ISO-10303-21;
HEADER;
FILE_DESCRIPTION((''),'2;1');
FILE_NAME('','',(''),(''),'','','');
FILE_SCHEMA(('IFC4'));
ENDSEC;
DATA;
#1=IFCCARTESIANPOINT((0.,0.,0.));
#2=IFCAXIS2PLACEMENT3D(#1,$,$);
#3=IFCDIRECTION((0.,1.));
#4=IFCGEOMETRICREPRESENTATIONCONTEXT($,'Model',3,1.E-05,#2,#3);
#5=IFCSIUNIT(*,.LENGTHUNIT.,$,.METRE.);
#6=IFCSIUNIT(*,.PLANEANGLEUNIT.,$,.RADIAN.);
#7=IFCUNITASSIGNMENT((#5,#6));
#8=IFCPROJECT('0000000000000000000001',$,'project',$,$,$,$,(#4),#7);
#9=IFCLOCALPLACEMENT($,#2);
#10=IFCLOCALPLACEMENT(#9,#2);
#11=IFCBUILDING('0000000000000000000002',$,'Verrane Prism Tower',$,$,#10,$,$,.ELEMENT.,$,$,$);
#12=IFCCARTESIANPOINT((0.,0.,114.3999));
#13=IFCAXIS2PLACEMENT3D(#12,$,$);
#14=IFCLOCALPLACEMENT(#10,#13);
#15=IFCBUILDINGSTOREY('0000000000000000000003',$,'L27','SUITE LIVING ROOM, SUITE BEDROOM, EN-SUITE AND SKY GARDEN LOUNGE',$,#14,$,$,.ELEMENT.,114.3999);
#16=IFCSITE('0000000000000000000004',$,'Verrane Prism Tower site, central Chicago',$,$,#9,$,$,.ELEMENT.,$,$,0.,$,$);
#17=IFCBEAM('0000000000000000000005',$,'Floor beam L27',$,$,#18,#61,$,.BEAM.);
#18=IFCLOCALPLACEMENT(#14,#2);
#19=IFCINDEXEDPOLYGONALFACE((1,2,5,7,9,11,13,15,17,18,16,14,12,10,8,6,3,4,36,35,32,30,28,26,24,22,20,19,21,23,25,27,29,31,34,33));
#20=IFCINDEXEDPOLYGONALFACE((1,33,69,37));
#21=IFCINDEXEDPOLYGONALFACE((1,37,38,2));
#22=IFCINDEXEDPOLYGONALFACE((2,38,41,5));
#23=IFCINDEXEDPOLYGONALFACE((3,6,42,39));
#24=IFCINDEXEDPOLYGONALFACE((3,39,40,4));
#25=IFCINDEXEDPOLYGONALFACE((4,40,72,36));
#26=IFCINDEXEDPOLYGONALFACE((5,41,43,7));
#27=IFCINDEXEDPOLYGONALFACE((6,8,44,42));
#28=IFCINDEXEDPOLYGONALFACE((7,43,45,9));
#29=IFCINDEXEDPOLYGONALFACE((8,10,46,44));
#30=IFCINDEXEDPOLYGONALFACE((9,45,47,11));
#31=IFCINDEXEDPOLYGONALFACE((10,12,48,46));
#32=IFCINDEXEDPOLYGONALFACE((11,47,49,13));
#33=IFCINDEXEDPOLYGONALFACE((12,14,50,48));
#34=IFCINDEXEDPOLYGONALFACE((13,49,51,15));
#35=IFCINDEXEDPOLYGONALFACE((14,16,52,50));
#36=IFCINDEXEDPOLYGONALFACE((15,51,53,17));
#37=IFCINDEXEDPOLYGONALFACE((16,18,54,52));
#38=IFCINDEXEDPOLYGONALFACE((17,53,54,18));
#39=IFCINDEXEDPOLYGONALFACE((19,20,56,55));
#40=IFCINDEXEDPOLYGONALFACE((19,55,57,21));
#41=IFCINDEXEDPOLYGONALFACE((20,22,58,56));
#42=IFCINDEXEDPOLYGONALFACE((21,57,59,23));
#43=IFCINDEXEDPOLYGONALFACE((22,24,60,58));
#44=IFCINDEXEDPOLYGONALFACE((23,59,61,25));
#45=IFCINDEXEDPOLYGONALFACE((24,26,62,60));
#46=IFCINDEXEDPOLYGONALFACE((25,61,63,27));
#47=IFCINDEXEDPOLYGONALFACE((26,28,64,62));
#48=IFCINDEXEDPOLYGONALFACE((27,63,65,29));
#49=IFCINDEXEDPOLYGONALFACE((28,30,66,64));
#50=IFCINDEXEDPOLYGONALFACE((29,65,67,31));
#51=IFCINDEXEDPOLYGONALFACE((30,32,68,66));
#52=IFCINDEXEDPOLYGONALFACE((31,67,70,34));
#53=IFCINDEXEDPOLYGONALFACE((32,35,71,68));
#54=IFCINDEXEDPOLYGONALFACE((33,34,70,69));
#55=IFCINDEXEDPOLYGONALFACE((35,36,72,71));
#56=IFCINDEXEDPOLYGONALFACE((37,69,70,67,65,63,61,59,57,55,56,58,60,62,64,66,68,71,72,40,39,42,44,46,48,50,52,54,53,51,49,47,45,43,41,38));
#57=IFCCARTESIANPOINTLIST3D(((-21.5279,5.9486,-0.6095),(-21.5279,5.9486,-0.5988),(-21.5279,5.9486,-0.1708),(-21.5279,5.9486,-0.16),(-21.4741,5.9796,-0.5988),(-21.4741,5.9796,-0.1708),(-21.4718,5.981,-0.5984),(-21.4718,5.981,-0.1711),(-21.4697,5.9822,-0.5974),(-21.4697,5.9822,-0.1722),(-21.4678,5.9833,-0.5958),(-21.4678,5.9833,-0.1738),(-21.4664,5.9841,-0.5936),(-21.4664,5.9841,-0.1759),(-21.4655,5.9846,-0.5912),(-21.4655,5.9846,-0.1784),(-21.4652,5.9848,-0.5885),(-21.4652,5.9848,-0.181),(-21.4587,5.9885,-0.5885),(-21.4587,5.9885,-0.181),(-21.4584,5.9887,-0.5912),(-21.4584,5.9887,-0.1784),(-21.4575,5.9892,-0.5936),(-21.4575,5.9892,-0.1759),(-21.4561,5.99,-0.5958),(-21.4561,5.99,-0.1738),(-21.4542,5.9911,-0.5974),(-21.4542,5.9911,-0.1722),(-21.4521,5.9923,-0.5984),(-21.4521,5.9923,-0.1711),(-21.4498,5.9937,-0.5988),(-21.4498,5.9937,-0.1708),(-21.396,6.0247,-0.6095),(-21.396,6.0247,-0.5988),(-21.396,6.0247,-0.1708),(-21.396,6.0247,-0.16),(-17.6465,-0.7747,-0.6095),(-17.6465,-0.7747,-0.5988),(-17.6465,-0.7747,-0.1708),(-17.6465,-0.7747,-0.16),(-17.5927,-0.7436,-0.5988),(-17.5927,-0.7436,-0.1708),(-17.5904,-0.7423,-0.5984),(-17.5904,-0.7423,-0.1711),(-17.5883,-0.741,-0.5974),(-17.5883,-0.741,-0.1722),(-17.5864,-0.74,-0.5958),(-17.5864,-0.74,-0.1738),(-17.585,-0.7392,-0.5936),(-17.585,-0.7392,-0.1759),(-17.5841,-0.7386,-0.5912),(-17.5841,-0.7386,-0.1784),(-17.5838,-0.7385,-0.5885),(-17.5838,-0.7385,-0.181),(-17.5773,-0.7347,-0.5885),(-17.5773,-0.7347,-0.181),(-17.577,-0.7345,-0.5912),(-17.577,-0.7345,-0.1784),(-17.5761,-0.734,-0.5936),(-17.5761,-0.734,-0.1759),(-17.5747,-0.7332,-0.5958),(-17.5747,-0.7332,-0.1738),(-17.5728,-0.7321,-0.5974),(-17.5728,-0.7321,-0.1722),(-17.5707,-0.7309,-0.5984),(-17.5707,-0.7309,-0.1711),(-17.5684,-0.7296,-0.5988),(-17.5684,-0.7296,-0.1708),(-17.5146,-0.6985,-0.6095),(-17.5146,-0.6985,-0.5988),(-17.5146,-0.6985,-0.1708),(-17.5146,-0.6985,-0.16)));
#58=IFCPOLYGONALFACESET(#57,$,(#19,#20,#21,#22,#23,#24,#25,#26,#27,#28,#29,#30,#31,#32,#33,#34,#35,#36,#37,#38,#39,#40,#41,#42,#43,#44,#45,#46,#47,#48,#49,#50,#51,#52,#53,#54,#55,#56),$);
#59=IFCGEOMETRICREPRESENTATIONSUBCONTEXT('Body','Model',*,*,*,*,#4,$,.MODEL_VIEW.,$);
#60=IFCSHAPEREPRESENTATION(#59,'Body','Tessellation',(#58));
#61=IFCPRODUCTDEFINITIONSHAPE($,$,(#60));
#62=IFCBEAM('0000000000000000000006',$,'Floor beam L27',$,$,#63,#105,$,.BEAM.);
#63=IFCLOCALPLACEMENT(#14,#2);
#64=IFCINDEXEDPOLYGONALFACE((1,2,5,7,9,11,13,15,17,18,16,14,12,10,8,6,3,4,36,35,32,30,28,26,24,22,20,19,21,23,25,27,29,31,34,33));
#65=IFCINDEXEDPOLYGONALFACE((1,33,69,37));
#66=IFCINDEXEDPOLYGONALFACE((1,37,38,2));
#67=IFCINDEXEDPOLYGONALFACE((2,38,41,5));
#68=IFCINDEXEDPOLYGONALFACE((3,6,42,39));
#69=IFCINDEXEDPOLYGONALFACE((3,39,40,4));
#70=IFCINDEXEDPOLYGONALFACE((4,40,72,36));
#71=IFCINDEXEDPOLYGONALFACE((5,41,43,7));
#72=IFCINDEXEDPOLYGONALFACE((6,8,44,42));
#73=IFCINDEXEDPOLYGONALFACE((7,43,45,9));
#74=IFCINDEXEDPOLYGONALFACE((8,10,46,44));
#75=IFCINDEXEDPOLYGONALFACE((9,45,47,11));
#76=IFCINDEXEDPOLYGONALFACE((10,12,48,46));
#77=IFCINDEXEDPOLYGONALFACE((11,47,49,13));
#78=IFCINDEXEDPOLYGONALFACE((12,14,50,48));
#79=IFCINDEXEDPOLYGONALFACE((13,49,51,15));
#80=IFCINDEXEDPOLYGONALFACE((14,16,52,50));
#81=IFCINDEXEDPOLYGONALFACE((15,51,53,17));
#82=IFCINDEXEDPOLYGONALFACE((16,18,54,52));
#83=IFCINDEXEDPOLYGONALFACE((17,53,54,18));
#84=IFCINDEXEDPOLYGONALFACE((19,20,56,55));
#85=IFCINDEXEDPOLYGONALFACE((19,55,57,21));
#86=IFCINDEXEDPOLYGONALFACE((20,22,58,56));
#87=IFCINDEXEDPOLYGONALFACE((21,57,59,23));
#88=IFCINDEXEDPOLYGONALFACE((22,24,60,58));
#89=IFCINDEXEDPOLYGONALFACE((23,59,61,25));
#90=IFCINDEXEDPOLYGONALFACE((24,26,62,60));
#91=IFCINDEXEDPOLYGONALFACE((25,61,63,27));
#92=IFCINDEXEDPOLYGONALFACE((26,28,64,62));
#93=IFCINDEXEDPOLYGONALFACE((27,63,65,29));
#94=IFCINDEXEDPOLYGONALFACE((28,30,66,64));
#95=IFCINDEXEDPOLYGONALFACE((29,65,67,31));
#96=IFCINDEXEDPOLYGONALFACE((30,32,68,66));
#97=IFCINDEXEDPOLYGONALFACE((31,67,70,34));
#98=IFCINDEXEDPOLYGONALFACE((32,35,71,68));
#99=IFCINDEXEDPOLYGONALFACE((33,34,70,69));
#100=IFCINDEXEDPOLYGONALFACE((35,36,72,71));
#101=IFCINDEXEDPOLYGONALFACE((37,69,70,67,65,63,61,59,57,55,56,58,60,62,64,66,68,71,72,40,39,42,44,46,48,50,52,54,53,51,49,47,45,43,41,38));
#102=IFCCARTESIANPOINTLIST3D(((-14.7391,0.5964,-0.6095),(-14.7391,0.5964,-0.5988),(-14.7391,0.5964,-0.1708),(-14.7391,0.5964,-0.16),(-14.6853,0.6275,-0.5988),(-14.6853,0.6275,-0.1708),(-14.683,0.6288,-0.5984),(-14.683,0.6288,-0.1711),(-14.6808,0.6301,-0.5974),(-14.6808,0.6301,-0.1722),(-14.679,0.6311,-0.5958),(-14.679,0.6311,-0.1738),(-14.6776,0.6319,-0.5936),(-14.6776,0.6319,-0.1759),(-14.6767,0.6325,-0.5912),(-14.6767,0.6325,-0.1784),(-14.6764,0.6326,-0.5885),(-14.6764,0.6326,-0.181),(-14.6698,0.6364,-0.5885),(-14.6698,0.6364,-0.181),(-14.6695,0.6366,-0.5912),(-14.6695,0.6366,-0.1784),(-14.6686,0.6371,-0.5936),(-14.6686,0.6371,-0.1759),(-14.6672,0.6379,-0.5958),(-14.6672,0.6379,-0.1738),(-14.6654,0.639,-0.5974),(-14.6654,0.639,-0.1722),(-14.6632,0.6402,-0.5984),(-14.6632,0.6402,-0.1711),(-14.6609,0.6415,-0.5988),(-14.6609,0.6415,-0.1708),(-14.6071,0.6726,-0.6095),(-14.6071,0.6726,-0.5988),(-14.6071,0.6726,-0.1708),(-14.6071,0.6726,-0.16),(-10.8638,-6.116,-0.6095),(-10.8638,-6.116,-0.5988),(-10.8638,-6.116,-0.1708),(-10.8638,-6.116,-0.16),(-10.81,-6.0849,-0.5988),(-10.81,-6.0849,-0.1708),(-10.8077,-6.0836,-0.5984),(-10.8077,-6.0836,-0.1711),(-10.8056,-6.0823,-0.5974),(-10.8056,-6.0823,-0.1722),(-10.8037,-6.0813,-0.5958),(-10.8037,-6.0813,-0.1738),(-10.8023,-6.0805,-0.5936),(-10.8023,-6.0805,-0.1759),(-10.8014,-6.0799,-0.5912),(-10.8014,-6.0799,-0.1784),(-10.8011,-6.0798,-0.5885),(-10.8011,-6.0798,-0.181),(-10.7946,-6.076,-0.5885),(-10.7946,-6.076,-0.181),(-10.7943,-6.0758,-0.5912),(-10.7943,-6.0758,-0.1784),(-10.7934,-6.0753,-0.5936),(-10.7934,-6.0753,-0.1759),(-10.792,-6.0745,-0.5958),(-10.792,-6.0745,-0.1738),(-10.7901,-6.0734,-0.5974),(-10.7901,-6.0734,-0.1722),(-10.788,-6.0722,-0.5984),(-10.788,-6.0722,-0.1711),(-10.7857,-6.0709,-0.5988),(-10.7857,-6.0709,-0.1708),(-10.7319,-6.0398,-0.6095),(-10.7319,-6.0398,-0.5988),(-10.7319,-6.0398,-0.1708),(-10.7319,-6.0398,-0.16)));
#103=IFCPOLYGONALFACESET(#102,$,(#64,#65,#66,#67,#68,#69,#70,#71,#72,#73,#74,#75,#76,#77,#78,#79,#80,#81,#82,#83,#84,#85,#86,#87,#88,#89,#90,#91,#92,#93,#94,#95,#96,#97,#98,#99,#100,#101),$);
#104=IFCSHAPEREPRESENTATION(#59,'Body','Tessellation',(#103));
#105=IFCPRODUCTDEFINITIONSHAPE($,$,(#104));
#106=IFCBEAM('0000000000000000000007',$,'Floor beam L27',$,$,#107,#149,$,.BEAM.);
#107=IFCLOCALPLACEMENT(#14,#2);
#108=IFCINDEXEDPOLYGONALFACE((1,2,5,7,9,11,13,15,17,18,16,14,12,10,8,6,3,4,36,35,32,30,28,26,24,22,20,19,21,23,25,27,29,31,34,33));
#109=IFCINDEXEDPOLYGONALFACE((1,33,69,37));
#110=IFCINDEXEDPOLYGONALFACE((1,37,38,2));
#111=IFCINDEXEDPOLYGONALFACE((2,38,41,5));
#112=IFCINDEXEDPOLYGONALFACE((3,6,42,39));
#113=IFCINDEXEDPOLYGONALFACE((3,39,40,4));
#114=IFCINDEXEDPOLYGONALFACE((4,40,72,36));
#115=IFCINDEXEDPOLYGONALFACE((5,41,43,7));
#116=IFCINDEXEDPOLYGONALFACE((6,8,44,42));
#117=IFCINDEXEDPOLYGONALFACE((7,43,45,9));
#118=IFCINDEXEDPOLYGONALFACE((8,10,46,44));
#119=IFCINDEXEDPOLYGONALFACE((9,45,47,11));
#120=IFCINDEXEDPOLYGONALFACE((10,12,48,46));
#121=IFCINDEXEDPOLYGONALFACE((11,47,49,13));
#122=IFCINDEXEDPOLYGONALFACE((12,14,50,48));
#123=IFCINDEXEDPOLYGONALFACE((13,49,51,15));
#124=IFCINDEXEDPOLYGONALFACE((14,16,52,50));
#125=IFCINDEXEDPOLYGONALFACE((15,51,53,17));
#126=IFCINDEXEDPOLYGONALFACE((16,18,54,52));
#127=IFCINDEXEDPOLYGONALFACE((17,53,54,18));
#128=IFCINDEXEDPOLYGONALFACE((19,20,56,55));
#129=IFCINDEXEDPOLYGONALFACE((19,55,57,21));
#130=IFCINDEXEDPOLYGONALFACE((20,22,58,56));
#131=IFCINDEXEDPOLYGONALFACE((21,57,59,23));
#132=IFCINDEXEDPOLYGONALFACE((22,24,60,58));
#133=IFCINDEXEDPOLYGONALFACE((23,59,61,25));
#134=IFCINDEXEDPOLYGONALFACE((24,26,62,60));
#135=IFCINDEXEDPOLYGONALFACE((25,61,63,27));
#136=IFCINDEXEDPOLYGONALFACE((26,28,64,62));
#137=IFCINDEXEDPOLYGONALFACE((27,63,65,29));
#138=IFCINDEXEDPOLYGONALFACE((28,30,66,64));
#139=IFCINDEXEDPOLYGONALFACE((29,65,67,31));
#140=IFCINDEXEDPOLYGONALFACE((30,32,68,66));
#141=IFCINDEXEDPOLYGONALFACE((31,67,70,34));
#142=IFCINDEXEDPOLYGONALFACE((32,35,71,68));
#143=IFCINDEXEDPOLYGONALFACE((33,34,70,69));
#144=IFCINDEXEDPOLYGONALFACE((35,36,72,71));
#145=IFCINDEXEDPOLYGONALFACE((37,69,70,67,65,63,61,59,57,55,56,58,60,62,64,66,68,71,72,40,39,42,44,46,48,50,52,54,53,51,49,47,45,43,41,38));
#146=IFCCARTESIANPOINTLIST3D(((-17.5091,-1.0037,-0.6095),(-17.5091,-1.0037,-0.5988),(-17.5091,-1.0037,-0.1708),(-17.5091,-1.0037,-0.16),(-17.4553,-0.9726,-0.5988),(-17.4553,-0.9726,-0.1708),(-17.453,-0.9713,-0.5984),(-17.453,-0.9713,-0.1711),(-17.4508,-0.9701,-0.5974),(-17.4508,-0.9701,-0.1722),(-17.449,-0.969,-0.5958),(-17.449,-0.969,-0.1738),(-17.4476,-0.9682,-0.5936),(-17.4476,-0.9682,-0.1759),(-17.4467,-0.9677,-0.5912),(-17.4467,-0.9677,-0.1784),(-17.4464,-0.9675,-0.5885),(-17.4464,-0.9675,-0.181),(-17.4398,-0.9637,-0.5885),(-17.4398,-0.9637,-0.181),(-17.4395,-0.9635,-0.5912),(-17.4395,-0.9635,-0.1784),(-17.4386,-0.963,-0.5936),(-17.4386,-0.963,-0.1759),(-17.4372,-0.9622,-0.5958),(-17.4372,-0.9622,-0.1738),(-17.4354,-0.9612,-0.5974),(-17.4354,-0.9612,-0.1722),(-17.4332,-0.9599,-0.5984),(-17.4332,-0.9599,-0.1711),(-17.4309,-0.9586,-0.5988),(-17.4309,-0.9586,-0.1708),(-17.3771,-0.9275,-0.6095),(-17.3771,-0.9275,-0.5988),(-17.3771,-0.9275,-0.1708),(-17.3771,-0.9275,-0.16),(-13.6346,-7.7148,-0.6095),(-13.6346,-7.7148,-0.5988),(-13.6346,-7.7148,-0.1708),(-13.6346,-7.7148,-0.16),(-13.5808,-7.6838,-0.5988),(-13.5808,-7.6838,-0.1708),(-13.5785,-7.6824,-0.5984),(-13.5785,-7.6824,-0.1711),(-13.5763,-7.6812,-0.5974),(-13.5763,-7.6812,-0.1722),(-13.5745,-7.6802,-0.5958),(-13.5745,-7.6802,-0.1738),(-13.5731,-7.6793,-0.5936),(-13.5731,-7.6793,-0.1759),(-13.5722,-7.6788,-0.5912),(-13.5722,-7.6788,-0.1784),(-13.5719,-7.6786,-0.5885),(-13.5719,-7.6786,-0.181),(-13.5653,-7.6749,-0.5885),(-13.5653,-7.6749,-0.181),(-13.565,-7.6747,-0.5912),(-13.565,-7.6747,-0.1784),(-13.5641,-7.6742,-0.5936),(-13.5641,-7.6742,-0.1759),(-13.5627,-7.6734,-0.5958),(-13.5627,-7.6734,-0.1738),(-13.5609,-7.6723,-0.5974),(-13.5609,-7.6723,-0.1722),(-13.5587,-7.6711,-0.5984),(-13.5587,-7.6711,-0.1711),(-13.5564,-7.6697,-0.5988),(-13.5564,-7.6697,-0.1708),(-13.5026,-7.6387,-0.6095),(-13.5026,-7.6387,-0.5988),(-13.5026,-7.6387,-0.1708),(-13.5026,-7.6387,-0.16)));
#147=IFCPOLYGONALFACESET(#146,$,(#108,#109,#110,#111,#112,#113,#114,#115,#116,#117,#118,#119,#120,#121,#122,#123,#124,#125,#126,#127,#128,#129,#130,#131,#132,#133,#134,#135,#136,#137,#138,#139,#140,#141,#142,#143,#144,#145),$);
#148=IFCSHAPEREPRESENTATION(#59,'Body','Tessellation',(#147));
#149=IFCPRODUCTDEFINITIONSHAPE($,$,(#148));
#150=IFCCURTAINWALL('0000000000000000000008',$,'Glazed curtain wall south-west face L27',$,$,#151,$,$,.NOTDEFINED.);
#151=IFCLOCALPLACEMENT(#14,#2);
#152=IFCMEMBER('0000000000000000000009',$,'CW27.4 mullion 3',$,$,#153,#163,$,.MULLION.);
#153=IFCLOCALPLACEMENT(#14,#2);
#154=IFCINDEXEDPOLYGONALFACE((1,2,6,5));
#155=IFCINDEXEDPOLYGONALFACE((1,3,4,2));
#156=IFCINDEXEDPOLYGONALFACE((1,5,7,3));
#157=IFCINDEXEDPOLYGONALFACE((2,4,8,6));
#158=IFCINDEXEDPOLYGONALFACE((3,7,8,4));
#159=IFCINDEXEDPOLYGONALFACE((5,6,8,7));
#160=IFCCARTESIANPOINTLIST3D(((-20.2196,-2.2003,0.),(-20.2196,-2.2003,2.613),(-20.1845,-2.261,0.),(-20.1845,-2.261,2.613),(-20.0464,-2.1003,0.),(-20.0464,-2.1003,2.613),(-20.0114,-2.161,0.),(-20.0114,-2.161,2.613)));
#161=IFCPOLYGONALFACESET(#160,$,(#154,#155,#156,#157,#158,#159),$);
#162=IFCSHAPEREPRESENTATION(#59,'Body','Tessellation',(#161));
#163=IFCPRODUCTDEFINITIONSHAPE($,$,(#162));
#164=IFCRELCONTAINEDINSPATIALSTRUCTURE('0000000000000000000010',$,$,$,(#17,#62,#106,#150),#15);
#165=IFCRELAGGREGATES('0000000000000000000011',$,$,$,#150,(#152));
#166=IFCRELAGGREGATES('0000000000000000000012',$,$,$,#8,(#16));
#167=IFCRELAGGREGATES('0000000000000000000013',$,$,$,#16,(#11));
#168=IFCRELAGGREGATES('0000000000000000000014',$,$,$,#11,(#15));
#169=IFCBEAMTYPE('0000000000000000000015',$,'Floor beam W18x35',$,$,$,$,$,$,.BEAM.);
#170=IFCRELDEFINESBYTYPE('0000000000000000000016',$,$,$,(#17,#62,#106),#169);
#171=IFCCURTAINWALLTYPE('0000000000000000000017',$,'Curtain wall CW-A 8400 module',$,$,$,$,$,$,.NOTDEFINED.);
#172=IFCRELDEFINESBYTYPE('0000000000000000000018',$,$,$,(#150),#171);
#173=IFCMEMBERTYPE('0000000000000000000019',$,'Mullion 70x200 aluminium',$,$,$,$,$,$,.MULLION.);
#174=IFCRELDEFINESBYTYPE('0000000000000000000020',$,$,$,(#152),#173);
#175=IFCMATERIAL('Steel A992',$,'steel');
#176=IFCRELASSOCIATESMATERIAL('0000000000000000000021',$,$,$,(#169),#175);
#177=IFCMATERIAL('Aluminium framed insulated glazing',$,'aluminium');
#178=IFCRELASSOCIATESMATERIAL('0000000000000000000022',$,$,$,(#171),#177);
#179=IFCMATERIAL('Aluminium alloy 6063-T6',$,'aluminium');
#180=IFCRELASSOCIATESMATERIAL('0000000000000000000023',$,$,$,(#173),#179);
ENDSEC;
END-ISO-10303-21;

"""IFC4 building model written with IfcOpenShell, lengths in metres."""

from ifc_helpers import new_model, si_unit, direction, frame, origin, origin_2d, place, context, subcontext, project, spatial, rectangle, i_section, extrude, material, material_profile, profile_set, type_object, element, aggregate, save


model = new_model("IFC4")

# Units and contexts
model_context = context("Model", 3, precision=1e-05, world=origin(), true_north=direction((0.0, 1.0)))
body_context = subcontext(model_context, "Body", "Model", "MODEL_VIEW")
ifc_project = project(units=[si_unit("LENGTHUNIT", "METRE"), si_unit("PLANEANGLEUNIT", "RADIAN")], contexts=[model_context])

# Site, building, storey
site_placement = place(None, origin())
site = spatial("IfcSite", under=ifc_project, at=site_placement, Name="Verrane Prism Tower site, central Chicago", CompositionType="ELEMENT", RefElevation=0.0)
building_placement = place(site_placement, origin())
building = spatial("IfcBuilding", under=site, at=building_placement, Name="Verrane Prism Tower", CompositionType="ELEMENT")
storey_placement = place(building_placement, frame((0.0, 0.0, 114.3999)))
storey = spatial("IfcBuildingStorey", under=building, at=storey_placement, Name="L27", Description="SUITE LIVING ROOM, SUITE BEDROOM, EN-SUITE AND SKY GARDEN LOUNGE", CompositionType="ELEMENT", Elevation=114.3999)

# Beams
ifc_material_1 = material(Name="Steel A992", Category="steel")
ifc_material_profile_1 = material_profile(ifc_material_1, i_section(OverallWidth=0.1523, OverallDepth=0.4495, WebThickness=0.0076, FlangeThickness=0.0107, FilletRadius=0.0103, at=origin_2d()), Name="W18x35")
ifc_profile_set_1 = profile_set([ifc_material_profile_1], Name="Steel A992")
beam_type_1 = type_object("IfcBeamType", Name="Floor beam W18x35", PredefinedType="BEAM", material=ifc_profile_set_1)
beam_1_placement = place(storey_placement, frame((-17.5806, -0.7366, -0.3848), z_axis=(-0.499975, 0.86604, 0.0), x_axis=(-0.86604, -0.499975, 0.0)))
element("IfcBeam", 1, at=beam_1_placement, inside=storey, type_object=beam_type_1, Name="Floor beam L27", PredefinedType="BEAM", context=body_context, shape_type="SweptSolid", body=[
    extrude(i_section(OverallWidth=0.1523, OverallDepth=0.4495, WebThickness=0.0076, FlangeThickness=0.0107, FilletRadius=0.0103, at=origin_2d()), origin(), (0.0, 0.0, 1.0), 7.7632),
])
beam_2_placement = place(storey_placement, frame((-10.7979, -6.0779, -0.3848), z_axis=(-0.499984, 0.866035, 0.0), x_axis=(-0.866035, -0.499984, 0.0)))
element("IfcBeam", 2, at=beam_2_placement, inside=storey, type_object=beam_type_1, Name="Floor beam L27", PredefinedType="BEAM", context=body_context, shape_type="SweptSolid", body=[
    extrude(i_section(OverallWidth=0.1523, OverallDepth=0.4495, WebThickness=0.0076, FlangeThickness=0.0107, FilletRadius=0.0103, at=origin_2d()), origin(), (0.0, 0.0, 1.0), 7.7507),
])
beam_3_placement = place(storey_placement, frame((-13.5686, -7.6768, -0.3848), z_axis=(-0.499982, 0.866036, 0.0), x_axis=(-0.866036, -0.499982, 0.0)))
element("IfcBeam", 3, at=beam_3_placement, inside=storey, type_object=beam_type_1, Name="Floor beam L27", PredefinedType="BEAM", context=body_context, shape_type="SweptSolid", body=[
    extrude(i_section(OverallWidth=0.1523, OverallDepth=0.4495, WebThickness=0.0076, FlangeThickness=0.0107, FilletRadius=0.0103, at=origin_2d()), origin(), (0.0, 0.0, 1.0), 7.7493),
])

# Curtain wall, member
ifc_material_2 = material(Name="Aluminium framed insulated glazing", Category="aluminium")
curtain_wall_type = type_object("IfcCurtainWallType", Name="Curtain wall CW-A 8400 module", PredefinedType="NOTDEFINED", material=ifc_material_2)
curtain_wall_placement = place(storey_placement, origin())
curtain_wall = element("IfcCurtainWall", 4, at=curtain_wall_placement, inside=storey, type_object=curtain_wall_type, Name="Glazed curtain wall south-west face L27", PredefinedType="NOTDEFINED")
ifc_material_3 = material(Name="Aluminium alloy 6063-T6", Category="aluminium")
ifc_material_profile_2 = material_profile(ifc_material_3, rectangle(XDim=0.2, YDim=0.0701, at=origin_2d()), Name="Mullion 70x200 aluminium")
ifc_profile_set_2 = profile_set([ifc_material_profile_2], Name="Aluminium alloy 6063-T6")
member_type_1 = type_object("IfcMemberType", Name="Mullion 70x200 aluminium", PredefinedType="MULLION", material=ifc_profile_set_2)
member_1_placement = place(storey_placement, frame((-20.1155, -2.1807, 0.0), z_axis=(0.0, 0.0, 1.0), x_axis=(0.866026, 0.499999, 0.0)))
member_1 = element("IfcMember", 5, at=member_1_placement, type_object=member_type_1, Name="CW27.4 mullion 3", PredefinedType="MULLION", context=body_context, shape_type="SweptSolid", body=[
    extrude(rectangle(XDim=0.2, YDim=0.0701, at=origin_2d()), origin(), (0.0, 0.0, 1.0), 2.613),
])

aggregate(curtain_wall, [member_1])

save(model, "model.ifc")
